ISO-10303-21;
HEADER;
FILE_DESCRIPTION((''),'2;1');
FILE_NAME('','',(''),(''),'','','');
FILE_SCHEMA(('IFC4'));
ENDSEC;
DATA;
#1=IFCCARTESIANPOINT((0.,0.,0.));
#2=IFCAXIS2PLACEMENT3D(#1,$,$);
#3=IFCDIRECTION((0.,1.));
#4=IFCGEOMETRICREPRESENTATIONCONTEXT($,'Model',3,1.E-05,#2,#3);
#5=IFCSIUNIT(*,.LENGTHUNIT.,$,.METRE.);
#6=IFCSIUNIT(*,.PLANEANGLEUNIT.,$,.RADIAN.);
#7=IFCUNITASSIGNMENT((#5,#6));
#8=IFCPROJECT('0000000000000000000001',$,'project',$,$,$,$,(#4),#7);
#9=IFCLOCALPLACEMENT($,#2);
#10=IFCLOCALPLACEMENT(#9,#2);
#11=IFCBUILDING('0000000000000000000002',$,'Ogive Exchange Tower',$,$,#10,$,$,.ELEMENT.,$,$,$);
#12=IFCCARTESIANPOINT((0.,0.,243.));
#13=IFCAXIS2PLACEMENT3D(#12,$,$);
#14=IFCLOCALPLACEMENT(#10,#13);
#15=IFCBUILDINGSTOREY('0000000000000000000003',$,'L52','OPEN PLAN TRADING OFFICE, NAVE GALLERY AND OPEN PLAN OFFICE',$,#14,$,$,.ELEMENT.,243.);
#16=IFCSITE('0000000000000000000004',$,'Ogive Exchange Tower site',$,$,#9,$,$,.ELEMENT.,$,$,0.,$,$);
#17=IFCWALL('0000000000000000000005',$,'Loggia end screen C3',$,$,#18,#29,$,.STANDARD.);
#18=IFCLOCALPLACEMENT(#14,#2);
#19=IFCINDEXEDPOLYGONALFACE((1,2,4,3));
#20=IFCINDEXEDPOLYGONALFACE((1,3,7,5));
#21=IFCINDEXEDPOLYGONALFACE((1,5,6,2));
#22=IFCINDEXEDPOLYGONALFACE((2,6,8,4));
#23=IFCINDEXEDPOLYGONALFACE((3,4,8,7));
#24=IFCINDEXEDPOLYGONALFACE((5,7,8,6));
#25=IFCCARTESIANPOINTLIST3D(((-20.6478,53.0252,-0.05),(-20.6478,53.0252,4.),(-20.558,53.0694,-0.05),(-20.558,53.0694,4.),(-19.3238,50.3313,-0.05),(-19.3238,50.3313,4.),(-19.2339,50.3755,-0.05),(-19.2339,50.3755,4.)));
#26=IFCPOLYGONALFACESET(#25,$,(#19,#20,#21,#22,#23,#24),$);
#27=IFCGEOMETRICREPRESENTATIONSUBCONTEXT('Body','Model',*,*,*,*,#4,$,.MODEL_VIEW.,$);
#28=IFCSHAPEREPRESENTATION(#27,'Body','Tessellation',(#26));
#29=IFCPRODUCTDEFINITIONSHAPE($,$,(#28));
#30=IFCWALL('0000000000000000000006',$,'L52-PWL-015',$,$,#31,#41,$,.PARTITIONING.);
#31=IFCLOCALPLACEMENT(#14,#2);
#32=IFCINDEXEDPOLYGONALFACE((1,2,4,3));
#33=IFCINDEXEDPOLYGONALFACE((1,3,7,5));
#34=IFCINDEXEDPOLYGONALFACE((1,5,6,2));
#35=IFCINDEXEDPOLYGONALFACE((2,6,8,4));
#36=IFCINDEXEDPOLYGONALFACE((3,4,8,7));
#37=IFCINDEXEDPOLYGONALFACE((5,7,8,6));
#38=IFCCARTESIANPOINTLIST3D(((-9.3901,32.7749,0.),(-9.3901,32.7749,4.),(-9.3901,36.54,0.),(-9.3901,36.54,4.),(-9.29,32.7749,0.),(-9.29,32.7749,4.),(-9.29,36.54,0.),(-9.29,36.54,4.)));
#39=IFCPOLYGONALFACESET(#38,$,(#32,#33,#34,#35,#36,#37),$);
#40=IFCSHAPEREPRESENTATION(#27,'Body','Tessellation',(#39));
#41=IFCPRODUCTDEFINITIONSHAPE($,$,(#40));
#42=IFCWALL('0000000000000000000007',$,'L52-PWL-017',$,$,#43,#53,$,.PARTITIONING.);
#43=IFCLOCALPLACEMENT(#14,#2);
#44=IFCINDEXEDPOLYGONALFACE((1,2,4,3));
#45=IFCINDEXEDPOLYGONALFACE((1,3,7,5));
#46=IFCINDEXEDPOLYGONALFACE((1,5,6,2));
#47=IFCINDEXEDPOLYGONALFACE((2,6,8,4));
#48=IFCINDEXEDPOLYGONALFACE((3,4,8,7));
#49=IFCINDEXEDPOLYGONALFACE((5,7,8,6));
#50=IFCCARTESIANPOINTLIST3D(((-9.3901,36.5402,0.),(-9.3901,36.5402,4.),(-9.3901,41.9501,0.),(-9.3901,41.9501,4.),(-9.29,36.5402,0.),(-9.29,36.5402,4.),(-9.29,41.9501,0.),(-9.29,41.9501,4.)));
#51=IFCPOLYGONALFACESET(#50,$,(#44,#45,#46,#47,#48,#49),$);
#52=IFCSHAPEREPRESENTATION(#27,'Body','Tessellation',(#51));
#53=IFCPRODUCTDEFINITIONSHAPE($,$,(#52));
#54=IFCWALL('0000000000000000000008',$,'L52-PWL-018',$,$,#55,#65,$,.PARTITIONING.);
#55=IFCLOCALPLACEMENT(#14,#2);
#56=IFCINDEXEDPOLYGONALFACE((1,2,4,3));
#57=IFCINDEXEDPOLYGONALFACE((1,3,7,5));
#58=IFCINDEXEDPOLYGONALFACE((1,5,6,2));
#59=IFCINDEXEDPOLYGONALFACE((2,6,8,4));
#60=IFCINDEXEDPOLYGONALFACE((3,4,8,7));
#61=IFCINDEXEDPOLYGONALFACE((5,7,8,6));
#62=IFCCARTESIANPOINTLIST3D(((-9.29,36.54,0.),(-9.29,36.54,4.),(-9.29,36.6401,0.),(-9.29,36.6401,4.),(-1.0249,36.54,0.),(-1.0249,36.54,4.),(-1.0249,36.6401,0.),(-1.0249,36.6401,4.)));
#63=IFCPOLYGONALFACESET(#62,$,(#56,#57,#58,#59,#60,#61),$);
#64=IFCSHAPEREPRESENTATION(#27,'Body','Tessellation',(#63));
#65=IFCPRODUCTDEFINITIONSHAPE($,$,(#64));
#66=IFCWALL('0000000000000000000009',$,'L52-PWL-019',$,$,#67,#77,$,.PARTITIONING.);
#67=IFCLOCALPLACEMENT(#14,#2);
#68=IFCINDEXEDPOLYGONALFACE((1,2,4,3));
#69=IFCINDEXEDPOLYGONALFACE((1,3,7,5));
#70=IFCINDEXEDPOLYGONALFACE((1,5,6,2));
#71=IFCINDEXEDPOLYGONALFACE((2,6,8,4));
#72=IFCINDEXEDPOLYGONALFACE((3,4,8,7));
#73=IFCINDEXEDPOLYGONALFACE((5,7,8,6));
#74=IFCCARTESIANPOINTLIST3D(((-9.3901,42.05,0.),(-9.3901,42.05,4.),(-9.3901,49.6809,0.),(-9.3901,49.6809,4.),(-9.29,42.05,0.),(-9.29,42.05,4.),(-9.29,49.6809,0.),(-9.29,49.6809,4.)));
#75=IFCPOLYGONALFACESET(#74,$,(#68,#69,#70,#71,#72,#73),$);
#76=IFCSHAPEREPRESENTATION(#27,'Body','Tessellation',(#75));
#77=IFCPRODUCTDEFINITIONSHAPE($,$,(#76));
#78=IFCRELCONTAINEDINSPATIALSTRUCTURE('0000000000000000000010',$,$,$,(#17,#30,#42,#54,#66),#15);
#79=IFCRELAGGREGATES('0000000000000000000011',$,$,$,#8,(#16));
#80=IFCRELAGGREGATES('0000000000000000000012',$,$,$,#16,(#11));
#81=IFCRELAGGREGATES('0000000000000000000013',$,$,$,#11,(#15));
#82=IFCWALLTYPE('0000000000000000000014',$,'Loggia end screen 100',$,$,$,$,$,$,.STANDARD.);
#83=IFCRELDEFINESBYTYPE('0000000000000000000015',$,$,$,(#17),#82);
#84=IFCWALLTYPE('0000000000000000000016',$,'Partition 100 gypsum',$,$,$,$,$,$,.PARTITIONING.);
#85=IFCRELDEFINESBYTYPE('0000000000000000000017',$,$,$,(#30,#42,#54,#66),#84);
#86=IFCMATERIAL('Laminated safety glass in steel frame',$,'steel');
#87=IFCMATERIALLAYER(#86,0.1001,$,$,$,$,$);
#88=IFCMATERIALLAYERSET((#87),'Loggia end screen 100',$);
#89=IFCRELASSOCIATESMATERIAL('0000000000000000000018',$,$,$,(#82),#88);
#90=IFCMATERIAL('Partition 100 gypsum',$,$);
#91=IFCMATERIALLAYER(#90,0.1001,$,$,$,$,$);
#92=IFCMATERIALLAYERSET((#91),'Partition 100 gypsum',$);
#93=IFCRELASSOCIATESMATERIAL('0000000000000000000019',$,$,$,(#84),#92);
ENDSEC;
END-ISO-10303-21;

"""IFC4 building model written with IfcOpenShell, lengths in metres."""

from ifc_helpers import new_model, si_unit, direction, frame, frame_2d, origin, place, context, subcontext, project, spatial, rectangle, extrude, material, layer, layer_set, type_object, element, save


model = new_model("IFC4")

# Units and contexts
model_context = context("Model", 3, precision=1e-05, world=origin(), true_north=direction((0.0, 1.0)))
body_context = subcontext(model_context, "Body", "Model", "MODEL_VIEW")
ifc_project = project(units=[si_unit("LENGTHUNIT", "METRE"), si_unit("PLANEANGLEUNIT", "RADIAN")], contexts=[model_context])

# Site, building, storey
site_placement = place(None, origin())
site = spatial("IfcSite", under=ifc_project, at=site_placement, Name="Ogive Exchange Tower site", CompositionType="ELEMENT", RefElevation=0.0)
building_placement = place(site_placement, origin())
building = spatial("IfcBuilding", under=site, at=building_placement, Name="Ogive Exchange Tower", CompositionType="ELEMENT")
storey_placement = place(building_placement, frame((0.0, 0.0, 243.0)))
storey = spatial("IfcBuildingStorey", under=building, at=storey_placement, Name="L52", Description="OPEN PLAN TRADING OFFICE, NAVE GALLERY AND OPEN PLAN OFFICE", CompositionType="ELEMENT", Elevation=243.0)

# Walls
ifc_material_1 = material(Name="Laminated safety glass in steel frame", Category="steel")
ifc_layer_1 = layer(ifc_material_1, 0.1001)
ifc_layer_set_1 = layer_set([ifc_layer_1], Name="Loggia end screen 100")
wall_type_1 = type_object("IfcWallType", Name="Loggia end screen 100", PredefinedType="STANDARD", material=ifc_layer_set_1)
wall_1_placement = place(storey_placement, frame((-19.2788, 50.3533, -0.05), z_axis=(0.0, 0.0, 1.0), x_axis=(-0.441087, 0.897465, 0.0)))
element("IfcWall", 1, at=wall_1_placement, inside=storey, type_object=wall_type_1, Name="Loggia end screen C3", PredefinedType="STANDARD", context=body_context, shape_type="SweptSolid", body=[
    extrude(rectangle(XDim=3.0017, YDim=0.1001, at=frame_2d((1.501, 0.0))), origin(), (0.0, 0.0, 1.0), 4.05),
])
ifc_material_2 = material(Name="Partition 100 gypsum")
ifc_layer_2 = layer(ifc_material_2, 0.1001)
ifc_layer_set_2 = layer_set([ifc_layer_2], Name="Partition 100 gypsum")
wall_type_2 = type_object("IfcWallType", Name="Partition 100 gypsum", PredefinedType="PARTITIONING", material=ifc_layer_set_2)
wall_2_placement = place(storey_placement, frame((-9.3401, 32.7749, 0.0), z_axis=(0.0, 0.0, 1.0), x_axis=(0.0, 1.0, 0.0)))
element("IfcWall", 2, at=wall_2_placement, inside=storey, type_object=wall_type_2, Name="L52-PWL-015", PredefinedType="PARTITIONING", context=body_context, shape_type="SweptSolid", body=[
    extrude(rectangle(XDim=3.7651, YDim=0.1001, at=frame_2d((1.8826, 0.0))), origin(), (0.0, 0.0, 1.0), 4.0),
])
wall_3_placement = place(storey_placement, frame((-9.3401, 36.54, 0.0), z_axis=(0.0, 0.0, 1.0), x_axis=(0.0, 1.0, 0.0)))
element("IfcWall", 3, at=wall_3_placement, inside=storey, type_object=wall_type_2, Name="L52-PWL-017", PredefinedType="PARTITIONING", context=body_context, shape_type="SweptSolid", body=[
    extrude(rectangle(XDim=5.4099, YDim=0.1001, at=frame_2d((2.7051, 0.0))), origin(), (0.0, 0.0, 1.0), 4.0),
])
wall_4_placement = place(storey_placement, frame((-9.29, 36.5901, 0.0), z_axis=(0.0, 0.0, 1.0), x_axis=(1.0, 0.0, 0.0)))
element("IfcWall", 4, at=wall_4_placement, inside=storey, type_object=wall_type_2, Name="L52-PWL-018", PredefinedType="PARTITIONING", context=body_context, shape_type="SweptSolid", body=[
    extrude(rectangle(XDim=8.2651, YDim=0.1001, at=frame_2d((4.1326, 0.0))), origin(), (0.0, 0.0, 1.0), 4.0),
])
wall_5_placement = place(storey_placement, frame((-9.3401, 42.05, 0.0), z_axis=(0.0, 0.0, 1.0), x_axis=(0.0, 1.0, 0.0)))
element("IfcWall", 5, at=wall_5_placement, inside=storey, type_object=wall_type_2, Name="L52-PWL-019", PredefinedType="PARTITIONING", context=body_context, shape_type="SweptSolid", body=[
    extrude(rectangle(XDim=7.6309, YDim=0.1001, at=frame_2d((3.8154, 0.0))), origin(), (0.0, 0.0, 1.0), 4.0),
])

save(model, "model.ifc")
